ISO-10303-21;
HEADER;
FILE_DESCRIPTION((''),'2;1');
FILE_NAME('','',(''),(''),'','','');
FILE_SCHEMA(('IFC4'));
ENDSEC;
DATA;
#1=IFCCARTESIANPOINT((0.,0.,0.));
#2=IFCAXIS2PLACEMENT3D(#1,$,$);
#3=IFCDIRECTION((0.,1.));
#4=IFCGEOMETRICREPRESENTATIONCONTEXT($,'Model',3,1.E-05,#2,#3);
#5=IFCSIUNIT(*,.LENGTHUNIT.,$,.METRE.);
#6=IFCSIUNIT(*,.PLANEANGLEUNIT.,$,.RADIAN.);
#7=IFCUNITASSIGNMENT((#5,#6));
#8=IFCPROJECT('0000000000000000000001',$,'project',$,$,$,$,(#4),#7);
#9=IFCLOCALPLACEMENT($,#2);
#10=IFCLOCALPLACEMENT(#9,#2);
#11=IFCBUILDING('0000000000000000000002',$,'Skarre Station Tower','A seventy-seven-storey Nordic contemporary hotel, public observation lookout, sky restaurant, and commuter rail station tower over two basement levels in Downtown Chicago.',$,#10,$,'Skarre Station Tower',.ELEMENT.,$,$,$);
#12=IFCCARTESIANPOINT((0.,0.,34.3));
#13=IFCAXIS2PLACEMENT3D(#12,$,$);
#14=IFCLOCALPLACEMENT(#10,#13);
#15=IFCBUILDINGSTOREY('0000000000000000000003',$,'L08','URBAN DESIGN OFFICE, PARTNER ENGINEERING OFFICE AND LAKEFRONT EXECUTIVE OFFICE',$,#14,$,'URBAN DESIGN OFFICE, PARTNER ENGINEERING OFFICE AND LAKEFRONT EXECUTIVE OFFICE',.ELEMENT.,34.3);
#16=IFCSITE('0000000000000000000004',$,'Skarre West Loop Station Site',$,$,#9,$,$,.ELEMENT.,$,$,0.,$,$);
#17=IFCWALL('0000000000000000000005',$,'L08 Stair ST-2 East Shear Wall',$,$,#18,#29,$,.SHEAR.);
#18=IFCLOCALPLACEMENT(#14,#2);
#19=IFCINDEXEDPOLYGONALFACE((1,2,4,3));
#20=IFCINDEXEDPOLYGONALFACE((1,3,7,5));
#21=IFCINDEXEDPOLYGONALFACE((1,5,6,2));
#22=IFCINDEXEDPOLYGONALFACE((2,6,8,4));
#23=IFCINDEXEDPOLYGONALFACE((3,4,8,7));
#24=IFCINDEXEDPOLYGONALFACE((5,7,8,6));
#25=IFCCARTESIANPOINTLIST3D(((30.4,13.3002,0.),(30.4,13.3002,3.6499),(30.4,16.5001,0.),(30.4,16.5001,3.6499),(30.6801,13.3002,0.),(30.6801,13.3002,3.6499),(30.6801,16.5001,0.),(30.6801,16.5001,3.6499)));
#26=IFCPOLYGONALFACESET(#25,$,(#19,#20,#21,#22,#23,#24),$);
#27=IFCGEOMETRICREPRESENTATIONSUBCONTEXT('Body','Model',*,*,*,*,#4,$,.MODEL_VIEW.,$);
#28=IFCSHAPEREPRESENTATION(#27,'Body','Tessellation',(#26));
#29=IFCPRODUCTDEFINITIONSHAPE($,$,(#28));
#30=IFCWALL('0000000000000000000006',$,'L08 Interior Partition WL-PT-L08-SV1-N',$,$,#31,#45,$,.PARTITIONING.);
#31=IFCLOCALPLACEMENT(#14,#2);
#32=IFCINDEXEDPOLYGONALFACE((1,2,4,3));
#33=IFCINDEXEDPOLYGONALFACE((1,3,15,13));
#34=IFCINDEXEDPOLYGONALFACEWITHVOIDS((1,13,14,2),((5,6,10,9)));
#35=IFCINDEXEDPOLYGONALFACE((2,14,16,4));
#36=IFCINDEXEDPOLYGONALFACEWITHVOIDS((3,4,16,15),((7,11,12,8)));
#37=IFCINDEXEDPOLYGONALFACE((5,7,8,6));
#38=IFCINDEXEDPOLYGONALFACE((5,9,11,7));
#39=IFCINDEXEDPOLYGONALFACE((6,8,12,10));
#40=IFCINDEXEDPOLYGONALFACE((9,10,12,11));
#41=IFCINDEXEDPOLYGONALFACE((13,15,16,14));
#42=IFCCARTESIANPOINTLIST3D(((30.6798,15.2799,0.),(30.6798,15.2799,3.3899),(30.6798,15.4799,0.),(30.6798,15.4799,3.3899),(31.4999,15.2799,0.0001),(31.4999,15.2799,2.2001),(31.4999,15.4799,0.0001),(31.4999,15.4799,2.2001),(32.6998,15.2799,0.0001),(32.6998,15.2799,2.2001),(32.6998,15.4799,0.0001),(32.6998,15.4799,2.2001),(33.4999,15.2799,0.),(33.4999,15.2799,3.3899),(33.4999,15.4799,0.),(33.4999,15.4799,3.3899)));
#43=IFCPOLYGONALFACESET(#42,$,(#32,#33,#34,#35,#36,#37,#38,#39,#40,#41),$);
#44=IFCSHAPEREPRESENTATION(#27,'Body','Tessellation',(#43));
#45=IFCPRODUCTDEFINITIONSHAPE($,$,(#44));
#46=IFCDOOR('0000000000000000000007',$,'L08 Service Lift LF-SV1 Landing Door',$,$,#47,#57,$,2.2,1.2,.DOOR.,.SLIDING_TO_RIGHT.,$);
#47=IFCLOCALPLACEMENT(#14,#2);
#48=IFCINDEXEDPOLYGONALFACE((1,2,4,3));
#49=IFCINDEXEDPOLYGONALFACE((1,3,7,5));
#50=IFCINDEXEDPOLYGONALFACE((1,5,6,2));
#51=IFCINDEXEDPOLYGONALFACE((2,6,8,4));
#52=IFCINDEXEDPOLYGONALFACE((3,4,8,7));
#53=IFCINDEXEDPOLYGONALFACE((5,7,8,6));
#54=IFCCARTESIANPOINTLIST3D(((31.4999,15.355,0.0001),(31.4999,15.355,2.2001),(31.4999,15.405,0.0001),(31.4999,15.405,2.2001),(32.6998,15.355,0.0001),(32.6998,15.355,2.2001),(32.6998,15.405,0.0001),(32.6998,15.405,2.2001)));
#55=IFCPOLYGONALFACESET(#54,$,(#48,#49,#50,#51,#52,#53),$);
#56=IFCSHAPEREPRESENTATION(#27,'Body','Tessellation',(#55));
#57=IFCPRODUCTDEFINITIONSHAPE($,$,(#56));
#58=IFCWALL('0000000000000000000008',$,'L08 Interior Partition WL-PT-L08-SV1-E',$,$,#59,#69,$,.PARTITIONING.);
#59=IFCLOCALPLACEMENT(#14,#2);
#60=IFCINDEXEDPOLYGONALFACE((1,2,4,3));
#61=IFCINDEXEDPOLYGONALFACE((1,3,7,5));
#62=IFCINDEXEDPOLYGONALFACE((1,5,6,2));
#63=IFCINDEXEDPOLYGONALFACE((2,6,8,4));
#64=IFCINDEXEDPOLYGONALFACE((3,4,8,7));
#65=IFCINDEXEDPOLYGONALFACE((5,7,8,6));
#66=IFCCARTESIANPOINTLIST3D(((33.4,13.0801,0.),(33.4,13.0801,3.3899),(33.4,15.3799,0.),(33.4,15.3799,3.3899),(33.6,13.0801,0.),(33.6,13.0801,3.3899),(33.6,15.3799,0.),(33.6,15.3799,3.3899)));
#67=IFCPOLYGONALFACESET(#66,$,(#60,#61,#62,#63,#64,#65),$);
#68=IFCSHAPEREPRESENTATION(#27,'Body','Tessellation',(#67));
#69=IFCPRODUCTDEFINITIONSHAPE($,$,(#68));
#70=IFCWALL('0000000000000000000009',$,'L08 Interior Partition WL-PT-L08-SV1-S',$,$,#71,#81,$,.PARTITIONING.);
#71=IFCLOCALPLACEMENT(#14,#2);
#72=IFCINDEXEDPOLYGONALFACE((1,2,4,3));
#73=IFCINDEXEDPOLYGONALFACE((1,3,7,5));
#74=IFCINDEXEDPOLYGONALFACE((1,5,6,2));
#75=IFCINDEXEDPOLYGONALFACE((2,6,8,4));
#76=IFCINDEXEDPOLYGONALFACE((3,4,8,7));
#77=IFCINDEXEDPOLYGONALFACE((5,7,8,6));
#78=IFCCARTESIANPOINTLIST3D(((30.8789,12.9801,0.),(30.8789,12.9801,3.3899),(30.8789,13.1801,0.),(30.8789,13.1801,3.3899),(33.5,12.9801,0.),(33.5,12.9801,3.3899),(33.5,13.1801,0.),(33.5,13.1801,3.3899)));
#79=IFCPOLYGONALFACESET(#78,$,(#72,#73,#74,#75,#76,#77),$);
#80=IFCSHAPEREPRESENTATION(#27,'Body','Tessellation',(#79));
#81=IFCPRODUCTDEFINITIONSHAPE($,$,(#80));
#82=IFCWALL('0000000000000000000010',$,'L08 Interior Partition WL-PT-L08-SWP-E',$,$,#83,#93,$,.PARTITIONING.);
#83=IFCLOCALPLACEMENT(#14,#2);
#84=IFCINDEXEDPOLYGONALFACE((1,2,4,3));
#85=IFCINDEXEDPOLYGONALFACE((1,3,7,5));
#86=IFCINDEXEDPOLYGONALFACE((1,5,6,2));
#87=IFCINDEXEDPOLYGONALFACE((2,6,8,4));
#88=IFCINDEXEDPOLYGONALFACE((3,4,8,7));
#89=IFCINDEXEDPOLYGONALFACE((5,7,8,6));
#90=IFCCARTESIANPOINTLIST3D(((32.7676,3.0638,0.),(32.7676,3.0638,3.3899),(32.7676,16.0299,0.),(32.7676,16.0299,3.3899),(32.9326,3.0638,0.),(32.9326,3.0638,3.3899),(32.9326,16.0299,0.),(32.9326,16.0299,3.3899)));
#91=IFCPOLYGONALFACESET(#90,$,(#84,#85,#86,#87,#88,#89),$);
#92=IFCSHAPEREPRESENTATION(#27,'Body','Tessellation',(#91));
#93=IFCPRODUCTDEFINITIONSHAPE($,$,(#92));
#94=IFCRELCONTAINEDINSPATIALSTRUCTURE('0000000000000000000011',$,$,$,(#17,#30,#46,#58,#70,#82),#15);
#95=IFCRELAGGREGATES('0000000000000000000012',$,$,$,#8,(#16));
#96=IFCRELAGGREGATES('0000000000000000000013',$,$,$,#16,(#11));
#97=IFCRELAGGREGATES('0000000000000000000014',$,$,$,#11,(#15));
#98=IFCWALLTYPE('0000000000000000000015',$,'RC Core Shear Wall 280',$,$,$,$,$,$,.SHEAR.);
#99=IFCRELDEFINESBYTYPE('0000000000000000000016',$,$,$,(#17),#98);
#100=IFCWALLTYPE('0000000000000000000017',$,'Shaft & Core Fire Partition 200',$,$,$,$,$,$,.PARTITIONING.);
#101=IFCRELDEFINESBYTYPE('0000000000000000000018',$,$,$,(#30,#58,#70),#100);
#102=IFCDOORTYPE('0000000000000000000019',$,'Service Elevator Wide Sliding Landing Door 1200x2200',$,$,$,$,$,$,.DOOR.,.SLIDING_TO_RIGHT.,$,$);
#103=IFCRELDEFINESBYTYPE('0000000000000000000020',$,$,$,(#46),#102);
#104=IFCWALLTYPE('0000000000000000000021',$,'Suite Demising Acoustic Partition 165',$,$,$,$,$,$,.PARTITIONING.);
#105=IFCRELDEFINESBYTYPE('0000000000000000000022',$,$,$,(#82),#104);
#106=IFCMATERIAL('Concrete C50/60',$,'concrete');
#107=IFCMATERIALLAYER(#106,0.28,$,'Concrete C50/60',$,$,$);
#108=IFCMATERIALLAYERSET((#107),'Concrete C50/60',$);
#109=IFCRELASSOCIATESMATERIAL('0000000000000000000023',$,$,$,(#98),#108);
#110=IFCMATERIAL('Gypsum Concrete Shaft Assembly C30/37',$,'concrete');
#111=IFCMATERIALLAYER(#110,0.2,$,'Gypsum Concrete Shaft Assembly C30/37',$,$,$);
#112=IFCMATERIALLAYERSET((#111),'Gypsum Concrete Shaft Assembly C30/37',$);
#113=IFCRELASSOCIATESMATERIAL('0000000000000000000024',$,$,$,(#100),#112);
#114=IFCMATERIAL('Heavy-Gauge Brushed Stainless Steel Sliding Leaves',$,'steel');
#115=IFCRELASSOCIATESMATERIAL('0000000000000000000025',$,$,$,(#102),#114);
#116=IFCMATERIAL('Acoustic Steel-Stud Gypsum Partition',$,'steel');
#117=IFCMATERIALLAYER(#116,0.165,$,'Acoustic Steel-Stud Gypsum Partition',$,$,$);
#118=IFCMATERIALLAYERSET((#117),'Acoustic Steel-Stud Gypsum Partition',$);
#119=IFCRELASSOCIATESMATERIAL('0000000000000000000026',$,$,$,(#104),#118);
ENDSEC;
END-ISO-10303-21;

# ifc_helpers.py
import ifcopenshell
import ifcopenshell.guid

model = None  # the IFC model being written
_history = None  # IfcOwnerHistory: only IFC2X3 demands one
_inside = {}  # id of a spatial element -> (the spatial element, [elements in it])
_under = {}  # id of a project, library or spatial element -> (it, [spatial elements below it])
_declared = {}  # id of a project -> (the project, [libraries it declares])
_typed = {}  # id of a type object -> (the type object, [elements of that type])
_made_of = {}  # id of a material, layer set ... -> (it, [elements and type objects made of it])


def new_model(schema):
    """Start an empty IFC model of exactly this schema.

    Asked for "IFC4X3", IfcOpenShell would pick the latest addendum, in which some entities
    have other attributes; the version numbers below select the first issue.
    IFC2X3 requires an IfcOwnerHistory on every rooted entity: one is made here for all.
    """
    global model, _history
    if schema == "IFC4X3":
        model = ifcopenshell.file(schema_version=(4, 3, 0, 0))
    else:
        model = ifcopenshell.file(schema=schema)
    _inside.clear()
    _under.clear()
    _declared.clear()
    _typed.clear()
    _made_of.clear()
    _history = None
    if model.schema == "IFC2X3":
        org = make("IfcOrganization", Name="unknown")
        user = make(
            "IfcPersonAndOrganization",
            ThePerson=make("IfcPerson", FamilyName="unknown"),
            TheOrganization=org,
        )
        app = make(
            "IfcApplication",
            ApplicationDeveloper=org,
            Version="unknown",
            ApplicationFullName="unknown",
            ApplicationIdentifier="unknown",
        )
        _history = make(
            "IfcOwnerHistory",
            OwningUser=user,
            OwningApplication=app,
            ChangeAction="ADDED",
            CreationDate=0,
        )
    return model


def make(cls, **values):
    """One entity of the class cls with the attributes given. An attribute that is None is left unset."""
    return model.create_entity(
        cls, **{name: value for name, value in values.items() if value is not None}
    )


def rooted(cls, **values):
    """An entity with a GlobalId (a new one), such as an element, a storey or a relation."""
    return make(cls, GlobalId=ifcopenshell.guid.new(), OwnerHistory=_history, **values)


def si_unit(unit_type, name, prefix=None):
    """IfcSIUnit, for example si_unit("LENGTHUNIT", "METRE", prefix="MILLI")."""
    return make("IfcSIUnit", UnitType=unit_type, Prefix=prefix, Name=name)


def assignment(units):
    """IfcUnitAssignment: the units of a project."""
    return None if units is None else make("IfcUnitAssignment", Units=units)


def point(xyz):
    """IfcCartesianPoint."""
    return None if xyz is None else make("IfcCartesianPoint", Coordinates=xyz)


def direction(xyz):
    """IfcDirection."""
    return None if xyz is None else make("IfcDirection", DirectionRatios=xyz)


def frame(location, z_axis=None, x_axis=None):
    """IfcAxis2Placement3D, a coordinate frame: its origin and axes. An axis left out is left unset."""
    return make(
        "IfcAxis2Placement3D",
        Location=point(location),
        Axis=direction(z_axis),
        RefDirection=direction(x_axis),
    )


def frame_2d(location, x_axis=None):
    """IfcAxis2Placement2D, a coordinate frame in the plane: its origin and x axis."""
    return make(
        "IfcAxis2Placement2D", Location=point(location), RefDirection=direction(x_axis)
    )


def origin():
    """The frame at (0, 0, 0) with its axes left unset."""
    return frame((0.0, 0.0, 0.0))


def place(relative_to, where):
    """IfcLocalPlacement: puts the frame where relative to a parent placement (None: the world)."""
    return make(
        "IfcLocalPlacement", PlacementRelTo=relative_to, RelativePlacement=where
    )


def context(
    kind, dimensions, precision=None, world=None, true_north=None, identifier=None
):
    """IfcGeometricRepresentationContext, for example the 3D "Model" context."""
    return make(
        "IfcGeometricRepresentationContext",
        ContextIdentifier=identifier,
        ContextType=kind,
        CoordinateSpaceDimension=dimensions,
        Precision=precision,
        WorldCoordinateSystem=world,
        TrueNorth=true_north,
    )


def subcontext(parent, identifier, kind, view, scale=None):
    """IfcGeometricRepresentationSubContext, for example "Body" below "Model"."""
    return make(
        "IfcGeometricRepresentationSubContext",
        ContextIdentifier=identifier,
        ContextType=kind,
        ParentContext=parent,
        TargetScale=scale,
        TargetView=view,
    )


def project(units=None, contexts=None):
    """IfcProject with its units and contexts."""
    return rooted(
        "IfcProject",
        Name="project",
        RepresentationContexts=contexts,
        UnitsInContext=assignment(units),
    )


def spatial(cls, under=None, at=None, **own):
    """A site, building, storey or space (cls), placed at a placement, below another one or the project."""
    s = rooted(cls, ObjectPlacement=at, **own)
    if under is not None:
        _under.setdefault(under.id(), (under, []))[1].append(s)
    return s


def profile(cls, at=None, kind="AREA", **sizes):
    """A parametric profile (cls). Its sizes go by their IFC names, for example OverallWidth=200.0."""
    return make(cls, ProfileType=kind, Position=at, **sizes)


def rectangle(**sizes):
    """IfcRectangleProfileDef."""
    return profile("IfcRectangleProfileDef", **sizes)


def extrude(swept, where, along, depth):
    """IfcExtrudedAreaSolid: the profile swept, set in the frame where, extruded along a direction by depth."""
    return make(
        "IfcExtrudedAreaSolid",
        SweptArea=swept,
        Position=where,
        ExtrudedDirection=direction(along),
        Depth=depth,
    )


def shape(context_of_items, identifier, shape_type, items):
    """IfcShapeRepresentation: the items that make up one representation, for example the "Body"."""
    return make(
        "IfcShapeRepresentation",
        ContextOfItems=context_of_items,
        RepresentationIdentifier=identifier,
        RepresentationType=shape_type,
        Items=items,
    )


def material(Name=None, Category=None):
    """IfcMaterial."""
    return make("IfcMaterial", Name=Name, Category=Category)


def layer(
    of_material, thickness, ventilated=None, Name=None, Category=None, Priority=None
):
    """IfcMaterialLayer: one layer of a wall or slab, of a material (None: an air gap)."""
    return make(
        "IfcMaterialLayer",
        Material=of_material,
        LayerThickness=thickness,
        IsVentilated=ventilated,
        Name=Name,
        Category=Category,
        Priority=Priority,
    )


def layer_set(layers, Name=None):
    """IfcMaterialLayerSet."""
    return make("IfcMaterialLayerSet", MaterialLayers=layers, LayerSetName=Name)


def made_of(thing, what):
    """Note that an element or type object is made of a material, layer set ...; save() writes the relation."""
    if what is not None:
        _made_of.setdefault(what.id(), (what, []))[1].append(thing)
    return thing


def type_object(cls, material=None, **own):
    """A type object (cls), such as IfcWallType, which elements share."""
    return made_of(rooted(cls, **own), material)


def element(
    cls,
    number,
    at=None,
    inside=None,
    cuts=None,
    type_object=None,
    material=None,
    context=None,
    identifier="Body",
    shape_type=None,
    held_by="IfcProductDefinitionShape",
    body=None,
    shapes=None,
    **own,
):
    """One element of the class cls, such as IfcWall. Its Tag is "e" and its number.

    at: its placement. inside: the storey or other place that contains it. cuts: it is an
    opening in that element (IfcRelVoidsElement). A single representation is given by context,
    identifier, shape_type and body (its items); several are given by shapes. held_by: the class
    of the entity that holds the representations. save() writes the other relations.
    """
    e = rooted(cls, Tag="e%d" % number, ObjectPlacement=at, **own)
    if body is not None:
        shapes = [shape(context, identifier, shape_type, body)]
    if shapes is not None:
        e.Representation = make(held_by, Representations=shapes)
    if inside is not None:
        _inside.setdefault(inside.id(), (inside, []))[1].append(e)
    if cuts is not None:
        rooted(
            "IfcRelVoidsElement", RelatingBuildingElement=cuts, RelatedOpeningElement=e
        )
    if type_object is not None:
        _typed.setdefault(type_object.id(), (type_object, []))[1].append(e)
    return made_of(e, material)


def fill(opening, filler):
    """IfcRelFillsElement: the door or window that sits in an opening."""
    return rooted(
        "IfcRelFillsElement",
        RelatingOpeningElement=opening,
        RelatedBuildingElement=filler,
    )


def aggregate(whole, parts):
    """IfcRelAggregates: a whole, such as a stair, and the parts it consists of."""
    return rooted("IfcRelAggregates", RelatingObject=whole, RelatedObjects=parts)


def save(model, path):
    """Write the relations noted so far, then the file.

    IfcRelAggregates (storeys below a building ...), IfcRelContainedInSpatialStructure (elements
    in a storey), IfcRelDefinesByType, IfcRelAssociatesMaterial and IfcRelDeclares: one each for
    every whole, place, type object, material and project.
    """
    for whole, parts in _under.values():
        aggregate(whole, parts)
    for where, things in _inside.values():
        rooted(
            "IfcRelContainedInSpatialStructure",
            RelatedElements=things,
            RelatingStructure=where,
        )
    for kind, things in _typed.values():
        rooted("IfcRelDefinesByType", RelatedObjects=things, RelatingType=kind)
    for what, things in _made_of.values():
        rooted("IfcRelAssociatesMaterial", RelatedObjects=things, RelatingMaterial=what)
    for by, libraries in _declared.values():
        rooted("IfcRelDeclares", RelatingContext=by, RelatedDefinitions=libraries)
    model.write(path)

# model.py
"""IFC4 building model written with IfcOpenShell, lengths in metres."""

from ifc_helpers import new_model, si_unit, direction, frame, frame_2d, origin, place, context, subcontext, project, spatial, rectangle, extrude, material, layer, layer_set, type_object, element, fill, save


model = new_model("IFC4")

# Units and contexts
model_context = context("Model", 3, precision=1e-05, world=origin(), true_north=direction((0.0, 1.0)))
body_context = subcontext(model_context, "Body", "Model", "MODEL_VIEW")
ifc_project = project(units=[si_unit("LENGTHUNIT", "METRE"), si_unit("PLANEANGLEUNIT", "RADIAN")], contexts=[model_context])

# Site, building, storey
site_placement = place(None, origin())
site = spatial("IfcSite", under=ifc_project, at=site_placement, Name="Skarre West Loop Station Site", CompositionType="ELEMENT", RefElevation=0.0)
building_placement = place(site_placement, origin())
building = spatial("IfcBuilding", under=site, at=building_placement, Name="Skarre Station Tower", Description="A seventy-seven-storey Nordic contemporary hotel, public observation lookout, sky restaurant, and commuter rail station tower over two basement levels in Downtown Chicago.", LongName="Skarre Station Tower", CompositionType="ELEMENT")
storey_placement = place(building_placement, frame((0.0, 0.0, 34.3)))
storey = spatial("IfcBuildingStorey", under=building, at=storey_placement, Name="L08", Description="URBAN DESIGN OFFICE, PARTNER ENGINEERING OFFICE AND LAKEFRONT EXECUTIVE OFFICE", LongName="URBAN DESIGN OFFICE, PARTNER ENGINEERING OFFICE AND LAKEFRONT EXECUTIVE OFFICE", CompositionType="ELEMENT", Elevation=34.3)

# Shared definitions
ifc_material_1 = material(Name="Acoustic Steel-Stud Gypsum Partition", Category="steel")

# Shared definitions
ifc_material_2 = material(Name="Concrete C50/60", Category="concrete")
ifc_layer_1 = layer(ifc_material_2, 0.28, Name="Concrete C50/60")
ifc_layer_set_1 = layer_set([ifc_layer_1], Name="Concrete C50/60")
wall_type_1 = type_object("IfcWallType", Name="RC Core Shear Wall 280", PredefinedType="SHEAR", material=ifc_layer_set_1)

# Wall
wall_1_placement = place(storey_placement, frame((30.54, 13.3, 0.0), z_axis=(0.0, 0.0, 1.0), x_axis=(0.0, 1.0, 0.0)))
element("IfcWall", 1, at=wall_1_placement, inside=storey, type_object=wall_type_1, Name="L08 Stair ST-2 East Shear Wall", PredefinedType="SHEAR", context=body_context, shape_type="SweptSolid", body=[
    extrude(rectangle(XDim=3.2, YDim=0.28, at=frame_2d((1.6001, 0.0))), origin(), (0.0, 0.0, 1.0), 3.6499),
])

# Wall, opening, door
ifc_material_3 = material(Name="Gypsum Concrete Shaft Assembly C30/37", Category="concrete")
ifc_layer_2 = layer(ifc_material_3, 0.2, Name="Gypsum Concrete Shaft Assembly C30/37")
ifc_layer_set_2 = layer_set([ifc_layer_2], Name="Gypsum Concrete Shaft Assembly C30/37")
wall_type_2 = type_object("IfcWallType", Name="Shaft & Core Fire Partition 200", PredefinedType="PARTITIONING", material=ifc_layer_set_2)
wall_2_placement = place(storey_placement, frame((33.5, 15.3799, 0.0), z_axis=(0.0, 0.0, 1.0), x_axis=(-1.0, 0.0, 0.0)))
wall_2 = element("IfcWall", 2, at=wall_2_placement, inside=storey, type_object=wall_type_2, Name="L08 Interior Partition WL-PT-L08-SV1-N", PredefinedType="PARTITIONING", context=body_context, shape_type="SweptSolid", body=[
    extrude(rectangle(XDim=2.8201, YDim=0.2, at=frame_2d((1.4102, 0.0))), origin(), (0.0, 0.0, 1.0), 3.3899),
])
opening_1_placement = place(wall_2_placement, frame((0.8, 0.0, 0.0)))
opening_1 = element("IfcOpeningElement", 3, at=opening_1_placement, cuts=wall_2, PredefinedType="OPENING", context=body_context, shape_type="SweptSolid", body=[
    extrude(rectangle(XDim=1.2, YDim=2.2, at=frame_2d((0.6001, 1.1001))), frame((0.0, 0.1099, 0.0), z_axis=(0.0, -1.0, 0.0), x_axis=(1.0, 0.0, 0.0)), (0.0, 0.0, 1.0), 0.22),
])
ifc_material_4 = material(Name="Heavy-Gauge Brushed Stainless Steel Sliding Leaves", Category="steel")
door_type_1 = type_object("IfcDoorType", Name="Service Elevator Wide Sliding Landing Door 1200x2200", OperationType="SLIDING_TO_RIGHT", PredefinedType="DOOR", material=ifc_material_4)
door_1_placement = place(opening_1_placement, origin())
door_1 = element("IfcDoor", 4, at=door_1_placement, inside=storey, type_object=door_type_1, Name="L08 Service Lift LF-SV1 Landing Door", OperationType="SLIDING_TO_RIGHT", OverallHeight=2.2, OverallWidth=1.2, PredefinedType="DOOR", context=body_context, shape_type="SweptSolid", body=[
    extrude(rectangle(XDim=1.2, YDim=2.2, at=frame_2d((0.6001, 1.1001))), frame((0.0, 0.0249, 0.0), z_axis=(0.0, -1.0, 0.0), x_axis=(1.0, 0.0, 0.0)), (0.0, 0.0, 1.0), 0.05),
])
fill(opening_1, door_1)

# Walls
wall_3_placement = place(storey_placement, frame((33.5, 13.0801, 0.0), z_axis=(0.0, 0.0, 1.0), x_axis=(0.0, 1.0, 0.0)))
element("IfcWall", 5, at=wall_3_placement, inside=storey, type_object=wall_type_2, Name="L08 Interior Partition WL-PT-L08-SV1-E", PredefinedType="PARTITIONING", context=body_context, shape_type="SweptSolid", body=[
    extrude(rectangle(XDim=2.2998, YDim=0.2, at=frame_2d((1.1499, 0.0))), origin(), (0.0, 0.0, 1.0), 3.3899),
])
wall_4_placement = place(storey_placement, frame((30.8789, 13.0801, 0.0), z_axis=(0.0, 0.0, 1.0), x_axis=(1.0, 0.0, 0.0)))
element("IfcWall", 6, at=wall_4_placement, inside=storey, type_object=wall_type_2, Name="L08 Interior Partition WL-PT-L08-SV1-S", PredefinedType="PARTITIONING", context=body_context, shape_type="SweptSolid", body=[
    extrude(rectangle(XDim=2.6211, YDim=0.2, at=frame_2d((1.3105, 0.0))), origin(), (0.0, 0.0, 1.0), 3.3899),
])
ifc_layer_3 = layer(ifc_material_1, 0.165, Name="Acoustic Steel-Stud Gypsum Partition")
ifc_layer_set_3 = layer_set([ifc_layer_3], Name="Acoustic Steel-Stud Gypsum Partition")
wall_type_3 = type_object("IfcWallType", Name="Suite Demising Acoustic Partition 165", PredefinedType="PARTITIONING", material=ifc_layer_set_3)
wall_5_placement = place(storey_placement, frame((32.8501, 3.064, 0.0), z_axis=(0.0, 0.0, 1.0), x_axis=(0.0, 1.0, 0.0)))
element("IfcWall", 7, at=wall_5_placement, inside=storey, type_object=wall_type_3, Name="L08 Interior Partition WL-PT-L08-SWP-E", PredefinedType="PARTITIONING", context=body_context, shape_type="SweptSolid", body=[
    extrude(rectangle(XDim=12.9661, YDim=0.165, at=frame_2d((6.4829, 0.0))), origin(), (0.0, 0.0, 1.0), 3.3899),
])

save(model, "model.ifc")
